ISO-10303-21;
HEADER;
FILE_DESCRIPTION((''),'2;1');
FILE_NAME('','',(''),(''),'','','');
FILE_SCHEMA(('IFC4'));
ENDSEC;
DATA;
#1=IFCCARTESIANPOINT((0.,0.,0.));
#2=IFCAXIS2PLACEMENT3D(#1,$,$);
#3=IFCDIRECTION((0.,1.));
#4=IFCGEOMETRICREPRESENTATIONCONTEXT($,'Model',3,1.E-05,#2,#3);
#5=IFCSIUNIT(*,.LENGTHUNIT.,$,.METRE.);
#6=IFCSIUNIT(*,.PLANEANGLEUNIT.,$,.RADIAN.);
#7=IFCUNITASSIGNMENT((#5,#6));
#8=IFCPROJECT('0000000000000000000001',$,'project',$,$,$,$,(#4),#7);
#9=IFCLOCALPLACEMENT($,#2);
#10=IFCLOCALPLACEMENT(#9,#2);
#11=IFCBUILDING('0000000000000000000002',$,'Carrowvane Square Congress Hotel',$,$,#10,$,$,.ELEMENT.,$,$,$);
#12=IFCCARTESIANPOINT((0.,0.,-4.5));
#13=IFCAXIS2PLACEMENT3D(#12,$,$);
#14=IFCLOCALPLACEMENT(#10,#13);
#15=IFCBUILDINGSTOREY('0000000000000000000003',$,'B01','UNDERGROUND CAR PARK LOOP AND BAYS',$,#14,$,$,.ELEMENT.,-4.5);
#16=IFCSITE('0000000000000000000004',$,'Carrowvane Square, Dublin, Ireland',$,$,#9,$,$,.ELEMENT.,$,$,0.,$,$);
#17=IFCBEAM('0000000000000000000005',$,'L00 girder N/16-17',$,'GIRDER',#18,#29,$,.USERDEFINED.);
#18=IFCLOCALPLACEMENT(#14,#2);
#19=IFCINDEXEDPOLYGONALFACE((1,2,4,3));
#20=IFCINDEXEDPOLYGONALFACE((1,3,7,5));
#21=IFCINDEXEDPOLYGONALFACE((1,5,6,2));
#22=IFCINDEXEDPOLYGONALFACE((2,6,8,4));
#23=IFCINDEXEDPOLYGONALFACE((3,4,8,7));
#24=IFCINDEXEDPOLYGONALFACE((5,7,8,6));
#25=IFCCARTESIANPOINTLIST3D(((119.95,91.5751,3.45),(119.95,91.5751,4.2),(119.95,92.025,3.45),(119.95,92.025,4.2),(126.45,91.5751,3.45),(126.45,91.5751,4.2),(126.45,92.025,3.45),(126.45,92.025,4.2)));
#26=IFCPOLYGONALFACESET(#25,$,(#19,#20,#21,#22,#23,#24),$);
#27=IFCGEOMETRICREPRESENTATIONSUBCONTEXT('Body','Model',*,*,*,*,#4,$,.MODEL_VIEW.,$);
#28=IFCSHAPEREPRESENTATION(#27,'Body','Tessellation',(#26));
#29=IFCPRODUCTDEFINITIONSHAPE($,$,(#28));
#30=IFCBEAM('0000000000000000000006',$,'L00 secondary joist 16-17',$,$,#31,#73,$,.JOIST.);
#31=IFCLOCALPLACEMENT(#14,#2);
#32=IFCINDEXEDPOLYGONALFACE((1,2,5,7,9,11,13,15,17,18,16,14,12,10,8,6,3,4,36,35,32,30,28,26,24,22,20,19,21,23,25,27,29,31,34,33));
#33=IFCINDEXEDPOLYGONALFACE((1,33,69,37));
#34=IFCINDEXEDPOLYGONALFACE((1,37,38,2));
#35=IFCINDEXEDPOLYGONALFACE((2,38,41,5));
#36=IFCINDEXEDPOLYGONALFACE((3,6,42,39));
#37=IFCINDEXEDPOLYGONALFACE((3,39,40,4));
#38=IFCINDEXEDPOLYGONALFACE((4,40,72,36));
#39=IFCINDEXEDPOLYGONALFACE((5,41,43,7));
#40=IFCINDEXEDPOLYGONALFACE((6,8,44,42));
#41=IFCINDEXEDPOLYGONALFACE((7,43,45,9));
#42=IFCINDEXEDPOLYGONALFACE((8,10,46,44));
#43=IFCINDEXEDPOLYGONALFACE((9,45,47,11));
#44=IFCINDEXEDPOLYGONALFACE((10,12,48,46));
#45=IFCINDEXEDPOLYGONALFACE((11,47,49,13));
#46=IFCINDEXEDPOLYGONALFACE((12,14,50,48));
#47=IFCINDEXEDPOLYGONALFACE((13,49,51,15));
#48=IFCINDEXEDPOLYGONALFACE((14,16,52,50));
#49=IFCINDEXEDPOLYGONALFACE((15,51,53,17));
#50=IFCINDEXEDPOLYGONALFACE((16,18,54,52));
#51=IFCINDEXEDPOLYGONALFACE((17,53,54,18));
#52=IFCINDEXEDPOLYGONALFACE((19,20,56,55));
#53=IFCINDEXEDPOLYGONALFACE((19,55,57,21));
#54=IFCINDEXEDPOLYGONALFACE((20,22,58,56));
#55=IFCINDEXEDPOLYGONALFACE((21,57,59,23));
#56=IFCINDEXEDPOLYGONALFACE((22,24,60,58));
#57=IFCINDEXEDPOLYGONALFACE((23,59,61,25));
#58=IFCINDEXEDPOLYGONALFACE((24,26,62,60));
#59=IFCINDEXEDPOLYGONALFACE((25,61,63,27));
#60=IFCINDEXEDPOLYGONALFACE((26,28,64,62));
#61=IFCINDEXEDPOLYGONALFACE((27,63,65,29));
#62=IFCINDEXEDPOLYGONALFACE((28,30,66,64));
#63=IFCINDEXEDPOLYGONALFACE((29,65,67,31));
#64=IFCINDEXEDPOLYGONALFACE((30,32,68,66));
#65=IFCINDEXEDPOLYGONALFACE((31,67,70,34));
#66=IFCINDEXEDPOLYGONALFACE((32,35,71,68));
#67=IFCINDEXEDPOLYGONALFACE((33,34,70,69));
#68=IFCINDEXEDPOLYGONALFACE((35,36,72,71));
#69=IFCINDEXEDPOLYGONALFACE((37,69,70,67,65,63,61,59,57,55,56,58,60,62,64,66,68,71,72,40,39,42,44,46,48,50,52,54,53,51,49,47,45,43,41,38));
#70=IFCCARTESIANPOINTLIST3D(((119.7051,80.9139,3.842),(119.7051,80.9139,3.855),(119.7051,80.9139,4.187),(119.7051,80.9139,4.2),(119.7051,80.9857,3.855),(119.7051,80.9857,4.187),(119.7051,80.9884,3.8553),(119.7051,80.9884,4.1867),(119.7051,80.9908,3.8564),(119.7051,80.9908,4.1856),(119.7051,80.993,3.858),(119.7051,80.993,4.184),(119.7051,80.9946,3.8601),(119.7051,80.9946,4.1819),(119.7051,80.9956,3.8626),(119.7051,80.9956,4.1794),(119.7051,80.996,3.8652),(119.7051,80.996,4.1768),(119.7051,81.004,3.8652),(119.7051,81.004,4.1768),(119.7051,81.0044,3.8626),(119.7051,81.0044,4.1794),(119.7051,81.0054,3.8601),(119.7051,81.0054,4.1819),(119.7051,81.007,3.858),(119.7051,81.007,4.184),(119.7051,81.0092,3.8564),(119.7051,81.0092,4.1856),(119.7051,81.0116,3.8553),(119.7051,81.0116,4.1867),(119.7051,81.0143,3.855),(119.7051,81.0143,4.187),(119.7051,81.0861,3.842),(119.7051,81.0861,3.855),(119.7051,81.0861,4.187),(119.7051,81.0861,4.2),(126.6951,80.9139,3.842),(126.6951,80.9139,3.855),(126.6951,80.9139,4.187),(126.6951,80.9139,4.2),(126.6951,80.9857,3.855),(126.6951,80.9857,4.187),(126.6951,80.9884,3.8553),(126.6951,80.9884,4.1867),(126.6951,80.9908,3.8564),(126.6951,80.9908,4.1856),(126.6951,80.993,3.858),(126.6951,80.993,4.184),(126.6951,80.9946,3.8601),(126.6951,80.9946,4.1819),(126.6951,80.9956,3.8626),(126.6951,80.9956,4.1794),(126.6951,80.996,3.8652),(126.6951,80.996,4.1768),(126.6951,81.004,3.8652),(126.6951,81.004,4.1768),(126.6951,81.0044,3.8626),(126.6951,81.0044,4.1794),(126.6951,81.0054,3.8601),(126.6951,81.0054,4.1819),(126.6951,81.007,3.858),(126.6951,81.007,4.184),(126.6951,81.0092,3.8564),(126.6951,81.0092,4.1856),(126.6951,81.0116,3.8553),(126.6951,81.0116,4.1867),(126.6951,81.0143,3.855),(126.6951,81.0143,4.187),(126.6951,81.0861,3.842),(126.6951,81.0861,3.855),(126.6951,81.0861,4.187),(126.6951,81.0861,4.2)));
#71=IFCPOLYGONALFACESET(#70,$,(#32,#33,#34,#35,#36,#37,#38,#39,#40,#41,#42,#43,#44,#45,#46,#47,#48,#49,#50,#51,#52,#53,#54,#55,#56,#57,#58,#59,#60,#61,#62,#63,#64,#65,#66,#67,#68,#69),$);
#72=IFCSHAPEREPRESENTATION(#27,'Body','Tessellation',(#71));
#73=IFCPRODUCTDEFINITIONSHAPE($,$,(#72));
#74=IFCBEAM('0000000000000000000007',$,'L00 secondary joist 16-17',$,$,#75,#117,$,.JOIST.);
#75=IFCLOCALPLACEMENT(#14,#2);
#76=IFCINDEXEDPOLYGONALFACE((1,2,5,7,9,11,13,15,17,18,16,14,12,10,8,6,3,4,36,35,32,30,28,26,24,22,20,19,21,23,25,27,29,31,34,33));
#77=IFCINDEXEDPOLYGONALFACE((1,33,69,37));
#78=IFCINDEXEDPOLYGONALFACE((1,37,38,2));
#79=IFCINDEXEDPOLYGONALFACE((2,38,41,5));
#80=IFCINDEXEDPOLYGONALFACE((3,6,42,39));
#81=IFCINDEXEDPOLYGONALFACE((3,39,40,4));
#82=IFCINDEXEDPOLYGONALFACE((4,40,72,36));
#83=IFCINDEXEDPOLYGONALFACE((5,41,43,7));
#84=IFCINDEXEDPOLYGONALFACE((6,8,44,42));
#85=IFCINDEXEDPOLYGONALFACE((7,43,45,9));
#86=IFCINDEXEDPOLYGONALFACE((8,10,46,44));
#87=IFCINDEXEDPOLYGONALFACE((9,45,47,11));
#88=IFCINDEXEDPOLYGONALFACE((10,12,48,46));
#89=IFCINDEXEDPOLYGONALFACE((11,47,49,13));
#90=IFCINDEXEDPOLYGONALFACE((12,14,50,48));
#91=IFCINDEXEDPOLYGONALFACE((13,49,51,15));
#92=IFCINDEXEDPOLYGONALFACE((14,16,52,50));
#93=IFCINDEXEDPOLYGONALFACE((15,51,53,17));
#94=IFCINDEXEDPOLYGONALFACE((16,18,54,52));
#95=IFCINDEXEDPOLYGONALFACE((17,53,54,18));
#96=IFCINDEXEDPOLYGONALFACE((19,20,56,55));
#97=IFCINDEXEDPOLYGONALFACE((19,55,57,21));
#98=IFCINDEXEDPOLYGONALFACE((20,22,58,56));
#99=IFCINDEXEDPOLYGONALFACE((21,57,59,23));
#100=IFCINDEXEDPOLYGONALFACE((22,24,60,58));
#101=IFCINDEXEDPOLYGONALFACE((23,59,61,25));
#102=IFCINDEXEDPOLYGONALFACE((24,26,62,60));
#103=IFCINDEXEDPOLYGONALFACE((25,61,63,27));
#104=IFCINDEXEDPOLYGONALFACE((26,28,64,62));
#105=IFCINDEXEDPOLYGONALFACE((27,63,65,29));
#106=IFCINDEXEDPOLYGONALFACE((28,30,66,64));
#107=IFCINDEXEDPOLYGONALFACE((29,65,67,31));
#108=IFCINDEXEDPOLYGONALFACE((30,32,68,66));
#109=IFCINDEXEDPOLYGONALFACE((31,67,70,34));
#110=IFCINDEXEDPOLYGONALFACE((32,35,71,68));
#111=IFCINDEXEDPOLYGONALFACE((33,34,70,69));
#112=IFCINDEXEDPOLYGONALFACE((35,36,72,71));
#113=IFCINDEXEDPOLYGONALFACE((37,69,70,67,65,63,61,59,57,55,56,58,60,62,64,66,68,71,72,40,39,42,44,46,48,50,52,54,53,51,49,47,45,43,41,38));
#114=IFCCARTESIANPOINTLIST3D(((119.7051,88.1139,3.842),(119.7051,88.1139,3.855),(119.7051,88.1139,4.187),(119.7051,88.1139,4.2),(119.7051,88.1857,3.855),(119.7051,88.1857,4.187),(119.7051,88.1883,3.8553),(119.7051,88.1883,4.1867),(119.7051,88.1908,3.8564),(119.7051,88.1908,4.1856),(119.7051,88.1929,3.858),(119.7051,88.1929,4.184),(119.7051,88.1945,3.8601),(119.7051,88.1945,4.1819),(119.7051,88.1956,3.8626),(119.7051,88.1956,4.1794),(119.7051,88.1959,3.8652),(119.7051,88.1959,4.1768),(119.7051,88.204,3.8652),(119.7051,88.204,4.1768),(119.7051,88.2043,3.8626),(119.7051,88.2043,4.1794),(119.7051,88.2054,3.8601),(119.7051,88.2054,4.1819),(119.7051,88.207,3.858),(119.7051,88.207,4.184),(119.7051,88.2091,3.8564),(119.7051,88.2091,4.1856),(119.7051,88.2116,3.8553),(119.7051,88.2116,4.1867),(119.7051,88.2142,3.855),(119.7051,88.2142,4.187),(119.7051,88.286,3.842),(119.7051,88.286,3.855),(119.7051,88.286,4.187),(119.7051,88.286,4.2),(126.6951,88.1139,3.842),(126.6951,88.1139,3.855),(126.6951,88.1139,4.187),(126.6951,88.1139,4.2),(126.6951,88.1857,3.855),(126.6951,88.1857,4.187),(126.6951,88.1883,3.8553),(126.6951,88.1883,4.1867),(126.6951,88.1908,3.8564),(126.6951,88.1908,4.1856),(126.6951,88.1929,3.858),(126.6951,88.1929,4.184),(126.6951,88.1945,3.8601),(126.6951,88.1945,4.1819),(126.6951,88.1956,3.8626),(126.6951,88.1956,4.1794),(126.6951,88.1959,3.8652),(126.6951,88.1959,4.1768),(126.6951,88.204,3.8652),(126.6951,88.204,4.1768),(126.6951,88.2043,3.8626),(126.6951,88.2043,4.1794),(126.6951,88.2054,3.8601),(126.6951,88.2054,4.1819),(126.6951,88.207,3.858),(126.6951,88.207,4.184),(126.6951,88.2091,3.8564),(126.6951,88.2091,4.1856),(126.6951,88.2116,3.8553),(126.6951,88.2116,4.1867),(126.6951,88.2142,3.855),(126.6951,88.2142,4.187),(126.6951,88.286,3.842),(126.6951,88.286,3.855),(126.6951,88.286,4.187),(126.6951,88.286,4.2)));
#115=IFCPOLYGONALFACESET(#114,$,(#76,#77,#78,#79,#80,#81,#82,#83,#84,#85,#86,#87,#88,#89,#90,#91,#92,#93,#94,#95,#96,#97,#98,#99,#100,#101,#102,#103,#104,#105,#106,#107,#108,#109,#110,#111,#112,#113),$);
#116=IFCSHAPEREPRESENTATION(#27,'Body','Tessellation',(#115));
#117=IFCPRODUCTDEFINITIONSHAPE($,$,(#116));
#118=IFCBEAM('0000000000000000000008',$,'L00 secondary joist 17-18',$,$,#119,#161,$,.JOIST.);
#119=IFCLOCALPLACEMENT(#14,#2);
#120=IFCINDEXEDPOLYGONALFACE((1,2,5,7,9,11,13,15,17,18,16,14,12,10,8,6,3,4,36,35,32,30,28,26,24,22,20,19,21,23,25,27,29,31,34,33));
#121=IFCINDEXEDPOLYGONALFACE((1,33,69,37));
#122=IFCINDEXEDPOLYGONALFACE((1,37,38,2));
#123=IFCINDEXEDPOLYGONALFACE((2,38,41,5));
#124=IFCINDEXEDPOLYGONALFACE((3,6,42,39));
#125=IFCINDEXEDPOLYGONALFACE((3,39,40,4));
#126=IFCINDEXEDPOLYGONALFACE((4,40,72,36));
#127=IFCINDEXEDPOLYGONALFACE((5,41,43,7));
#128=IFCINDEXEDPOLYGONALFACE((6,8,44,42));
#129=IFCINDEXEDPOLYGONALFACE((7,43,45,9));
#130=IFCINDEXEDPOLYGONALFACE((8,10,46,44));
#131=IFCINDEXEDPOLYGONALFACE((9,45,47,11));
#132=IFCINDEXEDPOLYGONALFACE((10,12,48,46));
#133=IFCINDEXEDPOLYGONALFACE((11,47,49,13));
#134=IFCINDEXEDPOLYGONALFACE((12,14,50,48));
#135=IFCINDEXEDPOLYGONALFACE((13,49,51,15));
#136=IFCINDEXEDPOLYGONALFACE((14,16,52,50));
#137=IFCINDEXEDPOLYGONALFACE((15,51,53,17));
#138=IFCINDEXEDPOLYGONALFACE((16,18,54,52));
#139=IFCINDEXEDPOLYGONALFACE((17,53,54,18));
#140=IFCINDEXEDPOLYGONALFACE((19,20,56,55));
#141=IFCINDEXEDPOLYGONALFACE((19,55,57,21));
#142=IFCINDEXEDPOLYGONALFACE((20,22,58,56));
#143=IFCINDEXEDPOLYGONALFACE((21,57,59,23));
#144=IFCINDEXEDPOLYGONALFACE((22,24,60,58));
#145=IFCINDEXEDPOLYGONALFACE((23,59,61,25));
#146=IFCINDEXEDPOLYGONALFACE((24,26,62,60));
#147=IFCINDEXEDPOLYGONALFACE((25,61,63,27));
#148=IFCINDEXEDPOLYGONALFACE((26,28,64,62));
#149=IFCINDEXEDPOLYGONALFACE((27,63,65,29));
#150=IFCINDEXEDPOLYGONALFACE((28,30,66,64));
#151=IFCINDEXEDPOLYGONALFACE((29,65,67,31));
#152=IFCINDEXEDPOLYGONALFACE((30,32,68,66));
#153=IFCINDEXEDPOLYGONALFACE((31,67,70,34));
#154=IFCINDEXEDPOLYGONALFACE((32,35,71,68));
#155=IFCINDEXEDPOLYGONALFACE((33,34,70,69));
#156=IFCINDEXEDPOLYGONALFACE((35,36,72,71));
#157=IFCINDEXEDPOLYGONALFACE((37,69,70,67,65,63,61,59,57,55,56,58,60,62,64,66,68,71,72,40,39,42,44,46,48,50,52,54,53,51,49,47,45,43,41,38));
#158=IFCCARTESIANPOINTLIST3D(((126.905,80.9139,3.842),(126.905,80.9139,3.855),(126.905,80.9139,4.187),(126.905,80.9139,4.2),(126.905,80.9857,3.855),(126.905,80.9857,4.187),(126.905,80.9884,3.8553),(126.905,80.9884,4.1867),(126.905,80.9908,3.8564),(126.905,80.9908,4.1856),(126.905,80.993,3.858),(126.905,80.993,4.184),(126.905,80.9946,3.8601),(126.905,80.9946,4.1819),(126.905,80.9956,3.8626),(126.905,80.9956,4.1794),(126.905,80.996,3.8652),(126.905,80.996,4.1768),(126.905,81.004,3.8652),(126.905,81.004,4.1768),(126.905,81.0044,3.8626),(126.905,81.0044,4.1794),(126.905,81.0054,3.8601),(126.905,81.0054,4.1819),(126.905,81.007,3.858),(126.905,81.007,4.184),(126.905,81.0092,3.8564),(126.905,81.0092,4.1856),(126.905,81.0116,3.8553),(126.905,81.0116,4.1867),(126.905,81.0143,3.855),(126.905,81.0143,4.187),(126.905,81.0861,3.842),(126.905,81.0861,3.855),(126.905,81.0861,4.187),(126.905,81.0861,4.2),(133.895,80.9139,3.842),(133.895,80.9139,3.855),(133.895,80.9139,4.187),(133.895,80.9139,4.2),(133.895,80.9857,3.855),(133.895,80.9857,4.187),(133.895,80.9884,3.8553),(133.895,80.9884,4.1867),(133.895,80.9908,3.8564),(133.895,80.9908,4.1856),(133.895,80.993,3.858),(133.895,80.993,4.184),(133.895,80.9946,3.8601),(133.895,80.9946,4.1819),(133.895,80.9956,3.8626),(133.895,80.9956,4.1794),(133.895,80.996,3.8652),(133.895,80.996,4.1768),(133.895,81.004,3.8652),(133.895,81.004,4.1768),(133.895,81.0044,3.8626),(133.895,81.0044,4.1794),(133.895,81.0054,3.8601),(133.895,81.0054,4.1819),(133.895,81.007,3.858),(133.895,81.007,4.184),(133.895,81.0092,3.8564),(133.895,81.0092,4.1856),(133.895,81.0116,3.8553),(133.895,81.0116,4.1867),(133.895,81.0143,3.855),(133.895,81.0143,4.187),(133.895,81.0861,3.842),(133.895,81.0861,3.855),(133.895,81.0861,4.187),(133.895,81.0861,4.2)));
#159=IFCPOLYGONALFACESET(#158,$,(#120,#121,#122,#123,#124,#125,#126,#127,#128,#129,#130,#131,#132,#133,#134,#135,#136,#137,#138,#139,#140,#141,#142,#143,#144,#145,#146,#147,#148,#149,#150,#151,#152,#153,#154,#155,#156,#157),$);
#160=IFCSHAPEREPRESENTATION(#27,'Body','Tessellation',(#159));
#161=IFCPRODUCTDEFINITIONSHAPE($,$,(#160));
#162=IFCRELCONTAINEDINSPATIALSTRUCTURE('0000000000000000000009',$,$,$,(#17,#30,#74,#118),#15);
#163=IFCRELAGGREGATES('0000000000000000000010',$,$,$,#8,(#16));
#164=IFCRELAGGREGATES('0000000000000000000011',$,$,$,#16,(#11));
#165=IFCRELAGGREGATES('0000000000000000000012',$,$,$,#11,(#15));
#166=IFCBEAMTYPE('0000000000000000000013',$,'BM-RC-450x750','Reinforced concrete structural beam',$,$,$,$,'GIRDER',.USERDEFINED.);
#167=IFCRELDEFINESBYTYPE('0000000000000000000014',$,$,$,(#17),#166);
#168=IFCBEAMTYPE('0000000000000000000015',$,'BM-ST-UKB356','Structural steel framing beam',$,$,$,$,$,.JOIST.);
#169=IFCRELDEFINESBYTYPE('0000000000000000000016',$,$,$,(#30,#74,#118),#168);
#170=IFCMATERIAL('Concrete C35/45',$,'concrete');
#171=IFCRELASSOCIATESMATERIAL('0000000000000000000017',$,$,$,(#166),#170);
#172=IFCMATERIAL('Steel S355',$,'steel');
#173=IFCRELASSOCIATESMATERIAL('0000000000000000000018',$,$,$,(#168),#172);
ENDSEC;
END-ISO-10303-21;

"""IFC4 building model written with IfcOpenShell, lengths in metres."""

from ifc_helpers import new_model, si_unit, direction, frame, origin, origin_2d, place, context, subcontext, project, spatial, rectangle, i_section, extrude, material, material_profile, profile_set, type_object, element, save


model = new_model("IFC4")

# Units and contexts
model_context = context("Model", 3, precision=1e-05, world=origin(), true_north=direction((0.0, 1.0)))
body_context = subcontext(model_context, "Body", "Model", "MODEL_VIEW")
ifc_project = project(units=[si_unit("LENGTHUNIT", "METRE"), si_unit("PLANEANGLEUNIT", "RADIAN")], contexts=[model_context])

# Site, building, storey
site_placement = place(None, origin())
site = spatial("IfcSite", under=ifc_project, at=site_placement, Name="Carrowvane Square, Dublin, Ireland", CompositionType="ELEMENT", RefElevation=0.0)
building_placement = place(site_placement, origin())
building = spatial("IfcBuilding", under=site, at=building_placement, Name="Carrowvane Square Congress Hotel", CompositionType="ELEMENT")
storey_placement = place(building_placement, frame((0.0, 0.0, -4.5)))
storey = spatial("IfcBuildingStorey", under=building, at=storey_placement, Name="B01", Description="UNDERGROUND CAR PARK LOOP AND BAYS", CompositionType="ELEMENT", Elevation=-4.5)

# Beams
ifc_material_1 = material(Name="Concrete C35/45", Category="concrete")
ifc_material_profile_1 = material_profile(ifc_material_1, rectangle(XDim=0.45, YDim=0.75, at=origin_2d()), Name="RC 450x750")
ifc_profile_set_1 = profile_set([ifc_material_profile_1], Name="Concrete C35/45")
beam_type_1 = type_object("IfcBeamType", Name="BM-RC-450x750", Description="Reinforced concrete structural beam", ElementType="GIRDER", PredefinedType="USERDEFINED", material=ifc_profile_set_1)
beam_1_placement = place(storey_placement, frame((119.95, 91.8, 3.825), z_axis=(1.0, 0.0, 0.0), x_axis=(0.0, 1.0, 0.0)))
element("IfcBeam", 1, at=beam_1_placement, inside=storey, type_object=beam_type_1, Name="L00 girder N/16-17", ObjectType="GIRDER", PredefinedType="USERDEFINED", context=body_context, shape_type="SweptSolid", body=[
    extrude(rectangle(XDim=0.45, YDim=0.75, at=origin_2d()), origin(), (0.0, 0.0, 1.0), 6.5),
])
ifc_material_2 = material(Name="Steel S355", Category="steel")
ifc_material_profile_2 = material_profile(ifc_material_2, i_section(OverallWidth=0.1721, OverallDepth=0.3579, WebThickness=0.0081, FlangeThickness=0.0129, FilletRadius=0.0103, at=origin_2d()), Name="UKB 356x171x57")
ifc_profile_set_2 = profile_set([ifc_material_profile_2], Name="Steel S355")
beam_type_2 = type_object("IfcBeamType", Name="BM-ST-UKB356", Description="Structural steel framing beam", PredefinedType="JOIST", material=ifc_profile_set_2)
for number, where, z_axis, x_axis, name in (
    (2, (119.7051, 81.0, 4.021), (1.0, 0.0, 0.0), (0.0, 1.0, 0.0), "L00 secondary joist 16-17"),
    (3, (119.7051, 88.2, 4.021), (1.0, 0.0, 0.0), (0.0, 1.0, 0.0), "L00 secondary joist 16-17"),
    (4, (126.905, 81.0, 4.021), (1.0, 0.0, 0.0), (0.0, 1.0, 0.0), "L00 secondary joist 17-18"),
):
    element("IfcBeam", number, at=place(storey_placement, frame(where, z_axis=z_axis, x_axis=x_axis)), inside=storey, type_object=beam_type_2, Name=name, PredefinedType="JOIST", context=body_context, shape_type="SweptSolid", body=[
        extrude(i_section(OverallWidth=0.1721, OverallDepth=0.3579, WebThickness=0.0081, FlangeThickness=0.0129, FilletRadius=0.0103, at=origin_2d()), origin(), (0.0, 0.0, 1.0), 6.99),
    ])

save(model, "model.ifc")
